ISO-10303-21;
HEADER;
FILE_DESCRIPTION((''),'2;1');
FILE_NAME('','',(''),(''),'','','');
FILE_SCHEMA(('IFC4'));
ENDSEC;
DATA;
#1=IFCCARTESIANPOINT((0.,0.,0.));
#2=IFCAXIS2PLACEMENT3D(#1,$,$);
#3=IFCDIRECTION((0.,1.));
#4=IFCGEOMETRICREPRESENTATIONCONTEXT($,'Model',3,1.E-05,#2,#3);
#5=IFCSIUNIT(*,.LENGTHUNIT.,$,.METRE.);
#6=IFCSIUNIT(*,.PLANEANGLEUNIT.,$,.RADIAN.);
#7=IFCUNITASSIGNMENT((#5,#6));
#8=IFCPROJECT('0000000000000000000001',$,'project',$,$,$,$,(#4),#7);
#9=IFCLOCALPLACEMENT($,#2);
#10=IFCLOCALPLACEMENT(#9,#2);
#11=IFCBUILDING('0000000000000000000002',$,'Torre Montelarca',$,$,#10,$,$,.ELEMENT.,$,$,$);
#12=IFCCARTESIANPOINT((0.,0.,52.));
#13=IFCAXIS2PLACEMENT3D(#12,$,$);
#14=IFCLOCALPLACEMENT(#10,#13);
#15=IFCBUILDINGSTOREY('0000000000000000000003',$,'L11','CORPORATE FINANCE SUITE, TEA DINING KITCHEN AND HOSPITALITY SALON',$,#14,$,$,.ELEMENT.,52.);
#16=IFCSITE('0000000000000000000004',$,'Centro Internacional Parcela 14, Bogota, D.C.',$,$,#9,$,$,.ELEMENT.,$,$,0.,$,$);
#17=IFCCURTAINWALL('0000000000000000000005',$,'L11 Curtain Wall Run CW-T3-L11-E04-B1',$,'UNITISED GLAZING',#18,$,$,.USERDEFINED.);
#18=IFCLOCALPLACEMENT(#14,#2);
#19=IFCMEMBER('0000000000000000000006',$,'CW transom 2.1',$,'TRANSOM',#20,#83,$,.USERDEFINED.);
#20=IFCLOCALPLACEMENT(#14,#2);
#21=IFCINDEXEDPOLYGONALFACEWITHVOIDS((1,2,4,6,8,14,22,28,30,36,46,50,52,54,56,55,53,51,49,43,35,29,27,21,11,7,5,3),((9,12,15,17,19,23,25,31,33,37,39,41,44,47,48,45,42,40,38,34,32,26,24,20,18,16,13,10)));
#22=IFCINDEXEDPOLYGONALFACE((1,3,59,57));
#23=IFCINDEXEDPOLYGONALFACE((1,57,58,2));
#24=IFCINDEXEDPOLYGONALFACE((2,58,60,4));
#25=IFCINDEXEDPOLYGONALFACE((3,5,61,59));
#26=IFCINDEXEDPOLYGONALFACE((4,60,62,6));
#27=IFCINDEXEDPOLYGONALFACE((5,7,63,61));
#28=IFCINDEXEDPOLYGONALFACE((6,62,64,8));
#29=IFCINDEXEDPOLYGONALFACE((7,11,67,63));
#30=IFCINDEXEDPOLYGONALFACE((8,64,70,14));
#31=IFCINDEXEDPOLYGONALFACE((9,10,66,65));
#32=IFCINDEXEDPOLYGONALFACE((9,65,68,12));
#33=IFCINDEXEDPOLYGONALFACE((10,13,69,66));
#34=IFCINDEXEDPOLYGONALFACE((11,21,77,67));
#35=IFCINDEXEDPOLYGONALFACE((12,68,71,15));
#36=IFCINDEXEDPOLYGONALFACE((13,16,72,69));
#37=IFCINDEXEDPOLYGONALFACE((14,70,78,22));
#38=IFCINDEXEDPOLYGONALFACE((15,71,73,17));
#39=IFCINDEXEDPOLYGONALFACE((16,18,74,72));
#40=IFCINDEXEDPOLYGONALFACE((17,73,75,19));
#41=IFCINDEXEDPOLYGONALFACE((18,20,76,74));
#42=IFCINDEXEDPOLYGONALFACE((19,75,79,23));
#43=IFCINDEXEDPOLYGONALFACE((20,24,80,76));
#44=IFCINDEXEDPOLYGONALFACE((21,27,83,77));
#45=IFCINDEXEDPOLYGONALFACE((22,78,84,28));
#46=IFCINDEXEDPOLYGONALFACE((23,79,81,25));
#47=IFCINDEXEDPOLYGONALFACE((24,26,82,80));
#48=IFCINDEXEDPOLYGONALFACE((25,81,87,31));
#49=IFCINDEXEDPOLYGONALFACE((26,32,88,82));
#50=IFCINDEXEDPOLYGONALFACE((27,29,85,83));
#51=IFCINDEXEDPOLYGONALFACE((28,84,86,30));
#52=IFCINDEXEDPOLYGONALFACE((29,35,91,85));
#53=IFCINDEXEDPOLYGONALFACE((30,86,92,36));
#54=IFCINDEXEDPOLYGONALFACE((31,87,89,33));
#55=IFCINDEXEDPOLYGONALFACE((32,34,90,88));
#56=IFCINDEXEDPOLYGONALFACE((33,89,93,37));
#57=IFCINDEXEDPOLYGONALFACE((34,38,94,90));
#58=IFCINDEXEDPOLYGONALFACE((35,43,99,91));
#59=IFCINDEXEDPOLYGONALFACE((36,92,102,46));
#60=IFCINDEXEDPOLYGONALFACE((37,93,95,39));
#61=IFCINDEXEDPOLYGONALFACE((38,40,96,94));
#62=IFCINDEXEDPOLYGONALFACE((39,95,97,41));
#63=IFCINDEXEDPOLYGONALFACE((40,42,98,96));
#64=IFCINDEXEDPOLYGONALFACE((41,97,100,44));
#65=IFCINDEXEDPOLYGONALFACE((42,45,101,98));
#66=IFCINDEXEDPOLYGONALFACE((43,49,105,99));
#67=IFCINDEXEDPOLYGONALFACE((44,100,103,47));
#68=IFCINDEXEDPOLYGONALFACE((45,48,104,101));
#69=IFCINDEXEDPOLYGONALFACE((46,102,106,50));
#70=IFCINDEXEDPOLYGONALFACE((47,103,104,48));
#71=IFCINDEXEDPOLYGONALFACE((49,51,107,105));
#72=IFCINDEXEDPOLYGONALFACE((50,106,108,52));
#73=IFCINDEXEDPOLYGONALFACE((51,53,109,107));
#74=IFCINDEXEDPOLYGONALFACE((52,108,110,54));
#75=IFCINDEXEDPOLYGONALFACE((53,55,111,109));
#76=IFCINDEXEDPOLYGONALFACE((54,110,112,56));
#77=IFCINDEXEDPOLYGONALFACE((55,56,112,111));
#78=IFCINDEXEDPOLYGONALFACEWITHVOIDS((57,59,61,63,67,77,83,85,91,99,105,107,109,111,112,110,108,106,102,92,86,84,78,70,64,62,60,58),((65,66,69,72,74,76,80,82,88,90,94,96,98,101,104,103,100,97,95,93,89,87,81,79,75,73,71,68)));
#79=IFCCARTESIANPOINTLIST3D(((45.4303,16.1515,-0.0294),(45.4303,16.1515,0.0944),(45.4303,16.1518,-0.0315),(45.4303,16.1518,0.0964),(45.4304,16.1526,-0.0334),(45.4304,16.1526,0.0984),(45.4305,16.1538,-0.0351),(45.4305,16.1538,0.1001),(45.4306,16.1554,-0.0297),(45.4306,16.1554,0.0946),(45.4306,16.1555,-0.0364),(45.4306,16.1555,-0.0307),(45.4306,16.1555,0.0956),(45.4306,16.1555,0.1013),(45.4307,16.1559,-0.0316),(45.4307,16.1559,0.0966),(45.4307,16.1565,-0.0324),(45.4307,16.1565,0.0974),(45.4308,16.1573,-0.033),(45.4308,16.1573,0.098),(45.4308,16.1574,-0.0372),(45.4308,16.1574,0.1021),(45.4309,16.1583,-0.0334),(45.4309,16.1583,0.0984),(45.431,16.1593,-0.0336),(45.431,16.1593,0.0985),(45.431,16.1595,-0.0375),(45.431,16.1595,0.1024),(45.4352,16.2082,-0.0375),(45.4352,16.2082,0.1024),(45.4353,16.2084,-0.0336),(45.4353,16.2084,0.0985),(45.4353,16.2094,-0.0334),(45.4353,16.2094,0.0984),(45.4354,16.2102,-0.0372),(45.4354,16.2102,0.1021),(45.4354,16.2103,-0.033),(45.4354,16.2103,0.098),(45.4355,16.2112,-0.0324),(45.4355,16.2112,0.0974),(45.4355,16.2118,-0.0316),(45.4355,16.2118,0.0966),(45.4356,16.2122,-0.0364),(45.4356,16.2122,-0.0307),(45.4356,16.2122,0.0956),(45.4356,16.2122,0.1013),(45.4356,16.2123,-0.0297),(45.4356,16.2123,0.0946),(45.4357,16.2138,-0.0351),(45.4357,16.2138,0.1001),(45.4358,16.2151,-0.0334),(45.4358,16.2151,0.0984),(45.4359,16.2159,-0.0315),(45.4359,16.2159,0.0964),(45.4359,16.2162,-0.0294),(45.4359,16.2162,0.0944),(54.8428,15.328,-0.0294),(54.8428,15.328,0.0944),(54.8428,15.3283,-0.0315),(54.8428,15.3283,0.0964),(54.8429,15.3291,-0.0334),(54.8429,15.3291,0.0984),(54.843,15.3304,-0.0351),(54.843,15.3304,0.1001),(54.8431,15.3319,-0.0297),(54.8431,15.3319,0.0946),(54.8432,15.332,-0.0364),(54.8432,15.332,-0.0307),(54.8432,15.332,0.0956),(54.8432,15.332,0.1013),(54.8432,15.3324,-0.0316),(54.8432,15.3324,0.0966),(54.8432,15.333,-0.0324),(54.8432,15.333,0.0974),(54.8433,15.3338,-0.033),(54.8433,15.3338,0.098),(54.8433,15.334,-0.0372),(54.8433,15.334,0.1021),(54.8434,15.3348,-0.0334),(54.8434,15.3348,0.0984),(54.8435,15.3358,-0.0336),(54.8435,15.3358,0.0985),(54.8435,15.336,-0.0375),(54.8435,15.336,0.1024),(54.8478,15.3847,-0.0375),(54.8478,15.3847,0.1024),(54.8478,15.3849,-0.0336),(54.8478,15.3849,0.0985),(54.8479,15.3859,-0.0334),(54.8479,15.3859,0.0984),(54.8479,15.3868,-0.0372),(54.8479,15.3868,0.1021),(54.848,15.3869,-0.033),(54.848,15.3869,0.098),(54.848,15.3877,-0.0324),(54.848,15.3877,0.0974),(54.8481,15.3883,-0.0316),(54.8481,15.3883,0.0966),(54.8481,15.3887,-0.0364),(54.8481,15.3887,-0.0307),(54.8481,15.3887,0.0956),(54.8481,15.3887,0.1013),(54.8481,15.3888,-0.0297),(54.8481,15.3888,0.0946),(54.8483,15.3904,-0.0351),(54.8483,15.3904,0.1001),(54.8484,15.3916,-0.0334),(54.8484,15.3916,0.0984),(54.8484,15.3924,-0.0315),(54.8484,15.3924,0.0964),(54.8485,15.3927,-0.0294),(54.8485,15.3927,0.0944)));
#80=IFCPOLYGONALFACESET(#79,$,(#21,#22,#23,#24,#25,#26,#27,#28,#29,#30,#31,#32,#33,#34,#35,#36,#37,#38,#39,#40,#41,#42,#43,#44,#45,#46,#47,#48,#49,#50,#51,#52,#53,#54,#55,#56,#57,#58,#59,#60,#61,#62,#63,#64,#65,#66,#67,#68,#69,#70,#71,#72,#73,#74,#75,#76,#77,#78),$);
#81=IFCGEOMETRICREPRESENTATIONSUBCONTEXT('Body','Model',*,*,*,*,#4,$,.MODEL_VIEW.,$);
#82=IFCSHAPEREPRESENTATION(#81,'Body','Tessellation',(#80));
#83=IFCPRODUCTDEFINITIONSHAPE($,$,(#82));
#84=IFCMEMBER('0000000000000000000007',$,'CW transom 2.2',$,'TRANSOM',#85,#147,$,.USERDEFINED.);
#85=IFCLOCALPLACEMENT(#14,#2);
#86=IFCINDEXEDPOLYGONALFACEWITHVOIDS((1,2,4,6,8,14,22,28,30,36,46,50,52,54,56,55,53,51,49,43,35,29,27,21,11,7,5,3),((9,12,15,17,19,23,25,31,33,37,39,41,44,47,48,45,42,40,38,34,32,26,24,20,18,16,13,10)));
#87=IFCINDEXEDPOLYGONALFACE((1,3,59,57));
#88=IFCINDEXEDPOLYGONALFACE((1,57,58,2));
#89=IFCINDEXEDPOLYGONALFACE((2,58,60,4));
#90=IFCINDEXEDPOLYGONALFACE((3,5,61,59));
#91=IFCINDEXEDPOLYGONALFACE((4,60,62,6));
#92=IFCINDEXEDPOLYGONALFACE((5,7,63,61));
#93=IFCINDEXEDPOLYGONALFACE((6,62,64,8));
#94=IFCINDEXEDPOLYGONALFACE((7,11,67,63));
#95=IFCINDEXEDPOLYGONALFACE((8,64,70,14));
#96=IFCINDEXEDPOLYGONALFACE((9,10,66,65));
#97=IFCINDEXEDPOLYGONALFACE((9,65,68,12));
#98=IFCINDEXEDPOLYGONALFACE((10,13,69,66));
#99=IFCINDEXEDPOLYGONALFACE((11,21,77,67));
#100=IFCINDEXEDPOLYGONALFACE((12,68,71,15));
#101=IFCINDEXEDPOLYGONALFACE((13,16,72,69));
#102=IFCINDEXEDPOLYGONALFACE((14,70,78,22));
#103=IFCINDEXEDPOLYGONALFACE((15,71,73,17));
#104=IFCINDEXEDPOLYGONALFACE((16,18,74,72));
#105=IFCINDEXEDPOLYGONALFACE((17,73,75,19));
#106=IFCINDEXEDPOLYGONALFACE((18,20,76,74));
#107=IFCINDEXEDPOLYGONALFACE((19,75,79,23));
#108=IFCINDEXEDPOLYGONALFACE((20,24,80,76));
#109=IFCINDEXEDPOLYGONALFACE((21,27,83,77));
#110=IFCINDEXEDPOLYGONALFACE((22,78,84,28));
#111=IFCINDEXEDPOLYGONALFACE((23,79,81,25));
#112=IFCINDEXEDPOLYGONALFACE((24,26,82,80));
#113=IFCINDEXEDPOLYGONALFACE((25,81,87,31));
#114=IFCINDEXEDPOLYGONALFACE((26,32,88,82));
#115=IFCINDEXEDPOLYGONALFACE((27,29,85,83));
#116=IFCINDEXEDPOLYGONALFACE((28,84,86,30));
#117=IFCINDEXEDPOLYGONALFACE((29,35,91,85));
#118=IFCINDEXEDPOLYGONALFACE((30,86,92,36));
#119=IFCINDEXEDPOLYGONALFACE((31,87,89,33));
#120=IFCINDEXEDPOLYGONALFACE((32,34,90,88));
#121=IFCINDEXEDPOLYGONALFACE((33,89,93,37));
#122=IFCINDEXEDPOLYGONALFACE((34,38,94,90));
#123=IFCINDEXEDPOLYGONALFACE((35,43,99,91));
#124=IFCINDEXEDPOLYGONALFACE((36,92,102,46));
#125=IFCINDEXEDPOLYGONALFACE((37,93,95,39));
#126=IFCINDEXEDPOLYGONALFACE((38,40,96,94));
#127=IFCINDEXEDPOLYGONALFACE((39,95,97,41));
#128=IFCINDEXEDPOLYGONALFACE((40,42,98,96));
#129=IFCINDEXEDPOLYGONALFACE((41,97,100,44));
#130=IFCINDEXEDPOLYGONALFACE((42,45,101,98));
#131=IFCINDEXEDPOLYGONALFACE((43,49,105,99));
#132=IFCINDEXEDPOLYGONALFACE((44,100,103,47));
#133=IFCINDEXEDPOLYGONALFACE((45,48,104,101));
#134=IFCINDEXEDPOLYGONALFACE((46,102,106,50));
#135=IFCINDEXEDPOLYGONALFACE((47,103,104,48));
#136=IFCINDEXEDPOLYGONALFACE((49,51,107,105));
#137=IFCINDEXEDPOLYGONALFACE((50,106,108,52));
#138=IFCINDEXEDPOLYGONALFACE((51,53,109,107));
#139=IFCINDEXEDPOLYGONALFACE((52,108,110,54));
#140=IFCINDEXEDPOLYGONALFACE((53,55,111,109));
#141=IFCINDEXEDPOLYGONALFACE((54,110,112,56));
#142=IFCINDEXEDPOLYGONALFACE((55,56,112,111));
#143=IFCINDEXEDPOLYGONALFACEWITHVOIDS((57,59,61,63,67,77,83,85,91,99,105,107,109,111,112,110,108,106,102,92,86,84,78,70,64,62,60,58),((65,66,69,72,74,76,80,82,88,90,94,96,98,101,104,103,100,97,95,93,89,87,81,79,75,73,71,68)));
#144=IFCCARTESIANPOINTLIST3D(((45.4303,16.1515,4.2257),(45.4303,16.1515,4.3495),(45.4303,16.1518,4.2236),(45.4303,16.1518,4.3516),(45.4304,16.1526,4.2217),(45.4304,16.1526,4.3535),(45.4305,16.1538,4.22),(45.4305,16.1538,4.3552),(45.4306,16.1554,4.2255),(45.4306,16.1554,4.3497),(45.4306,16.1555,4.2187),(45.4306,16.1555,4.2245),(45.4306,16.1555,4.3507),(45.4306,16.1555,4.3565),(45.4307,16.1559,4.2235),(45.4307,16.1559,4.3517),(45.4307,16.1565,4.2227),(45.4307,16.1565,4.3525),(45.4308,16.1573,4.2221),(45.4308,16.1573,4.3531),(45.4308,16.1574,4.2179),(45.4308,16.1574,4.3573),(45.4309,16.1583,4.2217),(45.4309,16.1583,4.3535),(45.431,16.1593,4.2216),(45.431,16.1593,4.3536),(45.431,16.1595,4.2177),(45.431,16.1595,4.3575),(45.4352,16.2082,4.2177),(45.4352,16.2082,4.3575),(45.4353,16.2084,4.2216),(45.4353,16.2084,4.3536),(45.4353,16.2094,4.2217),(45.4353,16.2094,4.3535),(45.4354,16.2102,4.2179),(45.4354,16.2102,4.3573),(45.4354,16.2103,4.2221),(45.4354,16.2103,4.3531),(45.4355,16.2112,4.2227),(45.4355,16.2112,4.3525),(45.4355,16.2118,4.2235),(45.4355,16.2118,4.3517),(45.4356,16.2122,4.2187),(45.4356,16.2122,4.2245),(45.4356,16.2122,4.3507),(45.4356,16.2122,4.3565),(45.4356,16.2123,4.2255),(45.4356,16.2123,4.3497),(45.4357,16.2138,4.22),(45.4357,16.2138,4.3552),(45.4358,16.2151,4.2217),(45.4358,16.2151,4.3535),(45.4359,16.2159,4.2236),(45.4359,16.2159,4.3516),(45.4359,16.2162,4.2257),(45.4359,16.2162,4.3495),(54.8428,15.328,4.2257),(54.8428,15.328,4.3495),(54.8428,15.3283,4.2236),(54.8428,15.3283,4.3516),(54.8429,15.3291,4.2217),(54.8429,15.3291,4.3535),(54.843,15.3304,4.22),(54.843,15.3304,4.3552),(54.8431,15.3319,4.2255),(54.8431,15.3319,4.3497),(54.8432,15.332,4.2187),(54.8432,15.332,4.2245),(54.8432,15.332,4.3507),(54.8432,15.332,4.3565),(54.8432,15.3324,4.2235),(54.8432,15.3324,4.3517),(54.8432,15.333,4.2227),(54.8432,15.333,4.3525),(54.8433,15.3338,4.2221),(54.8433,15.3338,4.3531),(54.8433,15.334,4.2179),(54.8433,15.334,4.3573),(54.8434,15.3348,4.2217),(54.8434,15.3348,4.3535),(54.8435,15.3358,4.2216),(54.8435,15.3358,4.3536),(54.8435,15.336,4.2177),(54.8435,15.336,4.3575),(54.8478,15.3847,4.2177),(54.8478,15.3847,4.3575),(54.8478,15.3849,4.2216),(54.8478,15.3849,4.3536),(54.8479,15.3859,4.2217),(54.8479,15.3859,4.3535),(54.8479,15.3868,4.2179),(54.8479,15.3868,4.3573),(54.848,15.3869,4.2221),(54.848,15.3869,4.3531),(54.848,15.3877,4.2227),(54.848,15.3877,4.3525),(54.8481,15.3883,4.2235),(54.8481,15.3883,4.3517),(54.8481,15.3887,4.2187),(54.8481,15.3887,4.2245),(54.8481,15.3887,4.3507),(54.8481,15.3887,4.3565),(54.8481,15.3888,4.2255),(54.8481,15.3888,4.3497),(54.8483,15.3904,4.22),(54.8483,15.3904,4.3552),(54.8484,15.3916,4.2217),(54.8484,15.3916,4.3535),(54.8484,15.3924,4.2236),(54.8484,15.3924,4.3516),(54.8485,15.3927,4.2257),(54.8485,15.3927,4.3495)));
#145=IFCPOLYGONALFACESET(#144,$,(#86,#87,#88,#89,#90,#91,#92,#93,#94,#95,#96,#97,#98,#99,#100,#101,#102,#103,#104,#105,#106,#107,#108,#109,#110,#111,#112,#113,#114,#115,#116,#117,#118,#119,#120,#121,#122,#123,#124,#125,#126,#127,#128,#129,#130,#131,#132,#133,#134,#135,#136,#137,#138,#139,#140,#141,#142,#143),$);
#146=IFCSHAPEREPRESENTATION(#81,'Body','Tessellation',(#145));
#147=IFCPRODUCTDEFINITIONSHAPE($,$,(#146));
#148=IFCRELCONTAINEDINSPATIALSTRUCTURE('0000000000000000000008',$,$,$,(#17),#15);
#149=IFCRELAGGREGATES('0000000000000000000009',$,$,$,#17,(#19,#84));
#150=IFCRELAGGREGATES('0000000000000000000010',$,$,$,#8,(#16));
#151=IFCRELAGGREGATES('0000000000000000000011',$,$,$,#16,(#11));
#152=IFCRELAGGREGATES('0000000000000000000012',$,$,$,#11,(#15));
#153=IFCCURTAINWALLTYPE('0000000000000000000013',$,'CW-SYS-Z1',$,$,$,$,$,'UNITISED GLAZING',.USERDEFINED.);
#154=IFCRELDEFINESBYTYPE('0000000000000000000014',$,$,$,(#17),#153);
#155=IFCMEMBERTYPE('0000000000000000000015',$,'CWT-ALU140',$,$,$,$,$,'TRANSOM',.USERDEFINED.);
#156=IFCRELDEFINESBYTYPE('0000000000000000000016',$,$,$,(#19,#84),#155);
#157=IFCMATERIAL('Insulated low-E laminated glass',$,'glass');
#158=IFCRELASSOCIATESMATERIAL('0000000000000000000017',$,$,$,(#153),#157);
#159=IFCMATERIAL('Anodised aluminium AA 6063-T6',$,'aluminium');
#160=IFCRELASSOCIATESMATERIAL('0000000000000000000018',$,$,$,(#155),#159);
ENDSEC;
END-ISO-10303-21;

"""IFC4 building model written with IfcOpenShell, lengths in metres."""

from ifc_helpers import new_model, si_unit, direction, frame, origin, origin_2d, place, context, subcontext, project, spatial, hollow_rectangle, extrude, source, transform, mapped, material, material_profile, profile_set, type_object, element, aggregate, save


model = new_model("IFC4")

# Units and contexts
model_context = context("Model", 3, precision=1e-05, world=origin(), true_north=direction((0.0, 1.0)))
body_context = subcontext(model_context, "Body", "Model", "MODEL_VIEW")
ifc_project = project(units=[si_unit("LENGTHUNIT", "METRE"), si_unit("PLANEANGLEUNIT", "RADIAN")], contexts=[model_context])

# Site, building, storey
site_placement = place(None, origin())
site = spatial("IfcSite", under=ifc_project, at=site_placement, Name="Centro Internacional Parcela 14, Bogota, D.C.", CompositionType="ELEMENT", RefElevation=0.0)
building_placement = place(site_placement, origin())
building = spatial("IfcBuilding", under=site, at=building_placement, Name="Torre Montelarca", CompositionType="ELEMENT")
storey_placement = place(building_placement, frame((0.0, 0.0, 52.0)))
storey = spatial("IfcBuildingStorey", under=building, at=storey_placement, Name="L11", Description="CORPORATE FINANCE SUITE, TEA DINING KITCHEN AND HOSPITALITY SALON", CompositionType="ELEMENT", Elevation=52.0)

# Curtain wall
ifc_material_1 = material(Name="Insulated low-E laminated glass", Category="glass")
curtain_wall_type = type_object("IfcCurtainWallType", Name="CW-SYS-Z1", ElementType="UNITISED GLAZING", PredefinedType="USERDEFINED", material=ifc_material_1)
curtain_wall_1_placement = place(storey_placement, origin())
curtain_wall_1 = element("IfcCurtainWall", 1, at=curtain_wall_1_placement, inside=storey, type_object=curtain_wall_type, Name="L11 Curtain Wall Run CW-T3-L11-E04-B1", ObjectType="UNITISED GLAZING", PredefinedType="USERDEFINED")
ifc_material_2 = material(Name="Anodised aluminium AA 6063-T6", Category="aluminium")

# Members
ifc_material_profile_1 = material_profile(ifc_material_2, hollow_rectangle(XDim=0.0649, YDim=0.1399, WallThickness=0.0039, InnerFilletRadius=0.0039, OuterFilletRadius=0.0081, at=origin_2d()), Name="ALU65X140X4", Category="aluminium")
ifc_profile_set_1 = profile_set([ifc_material_profile_1], Name="Anodised aluminium AA 6063-T6")
member_type_1 = type_object("IfcMemberType", Name="CWT-ALU140", ElementType="TRANSOM", PredefinedType="USERDEFINED", material=ifc_profile_set_1)
shared_shape_1 = source(origin(), body_context, "Body", "SweptSolid", [
    extrude(hollow_rectangle(XDim=0.0649, YDim=0.1399, WallThickness=0.0039, InnerFilletRadius=0.0039, OuterFilletRadius=0.0081, at=origin_2d()), origin(), (0.0, 0.0, 1.0), 9.4485),
])
member_1_placement = place(storey_placement, frame((45.4331, 16.1838, 0.0325), z_axis=(0.996195, -0.087155, 0.0), x_axis=(0.087155, 0.996195, 0.0)))
member_1 = element("IfcMember", 2, at=member_1_placement, type_object=member_type_1, Name="CW transom 2.1", ObjectType="TRANSOM", PredefinedType="USERDEFINED", context=body_context, shape_type="MappedRepresentation", body=[
    mapped(shared_shape_1, transform((0.0, 0.0, 0.0), scale=1.0)),
])
member_2_placement = place(storey_placement, frame((45.4331, 16.1838, 4.2876), z_axis=(0.996195, -0.087155, 0.0), x_axis=(0.087155, 0.996195, 0.0)))
member_2 = element("IfcMember", 3, at=member_2_placement, type_object=member_type_1, Name="CW transom 2.2", ObjectType="TRANSOM", PredefinedType="USERDEFINED", context=body_context, shape_type="MappedRepresentation", body=[
    mapped(shared_shape_1, transform((0.0, 0.0, 0.0), scale=1.0)),
])

aggregate(curtain_wall_1, [member_1, member_2])

save(model, "model.ifc")
